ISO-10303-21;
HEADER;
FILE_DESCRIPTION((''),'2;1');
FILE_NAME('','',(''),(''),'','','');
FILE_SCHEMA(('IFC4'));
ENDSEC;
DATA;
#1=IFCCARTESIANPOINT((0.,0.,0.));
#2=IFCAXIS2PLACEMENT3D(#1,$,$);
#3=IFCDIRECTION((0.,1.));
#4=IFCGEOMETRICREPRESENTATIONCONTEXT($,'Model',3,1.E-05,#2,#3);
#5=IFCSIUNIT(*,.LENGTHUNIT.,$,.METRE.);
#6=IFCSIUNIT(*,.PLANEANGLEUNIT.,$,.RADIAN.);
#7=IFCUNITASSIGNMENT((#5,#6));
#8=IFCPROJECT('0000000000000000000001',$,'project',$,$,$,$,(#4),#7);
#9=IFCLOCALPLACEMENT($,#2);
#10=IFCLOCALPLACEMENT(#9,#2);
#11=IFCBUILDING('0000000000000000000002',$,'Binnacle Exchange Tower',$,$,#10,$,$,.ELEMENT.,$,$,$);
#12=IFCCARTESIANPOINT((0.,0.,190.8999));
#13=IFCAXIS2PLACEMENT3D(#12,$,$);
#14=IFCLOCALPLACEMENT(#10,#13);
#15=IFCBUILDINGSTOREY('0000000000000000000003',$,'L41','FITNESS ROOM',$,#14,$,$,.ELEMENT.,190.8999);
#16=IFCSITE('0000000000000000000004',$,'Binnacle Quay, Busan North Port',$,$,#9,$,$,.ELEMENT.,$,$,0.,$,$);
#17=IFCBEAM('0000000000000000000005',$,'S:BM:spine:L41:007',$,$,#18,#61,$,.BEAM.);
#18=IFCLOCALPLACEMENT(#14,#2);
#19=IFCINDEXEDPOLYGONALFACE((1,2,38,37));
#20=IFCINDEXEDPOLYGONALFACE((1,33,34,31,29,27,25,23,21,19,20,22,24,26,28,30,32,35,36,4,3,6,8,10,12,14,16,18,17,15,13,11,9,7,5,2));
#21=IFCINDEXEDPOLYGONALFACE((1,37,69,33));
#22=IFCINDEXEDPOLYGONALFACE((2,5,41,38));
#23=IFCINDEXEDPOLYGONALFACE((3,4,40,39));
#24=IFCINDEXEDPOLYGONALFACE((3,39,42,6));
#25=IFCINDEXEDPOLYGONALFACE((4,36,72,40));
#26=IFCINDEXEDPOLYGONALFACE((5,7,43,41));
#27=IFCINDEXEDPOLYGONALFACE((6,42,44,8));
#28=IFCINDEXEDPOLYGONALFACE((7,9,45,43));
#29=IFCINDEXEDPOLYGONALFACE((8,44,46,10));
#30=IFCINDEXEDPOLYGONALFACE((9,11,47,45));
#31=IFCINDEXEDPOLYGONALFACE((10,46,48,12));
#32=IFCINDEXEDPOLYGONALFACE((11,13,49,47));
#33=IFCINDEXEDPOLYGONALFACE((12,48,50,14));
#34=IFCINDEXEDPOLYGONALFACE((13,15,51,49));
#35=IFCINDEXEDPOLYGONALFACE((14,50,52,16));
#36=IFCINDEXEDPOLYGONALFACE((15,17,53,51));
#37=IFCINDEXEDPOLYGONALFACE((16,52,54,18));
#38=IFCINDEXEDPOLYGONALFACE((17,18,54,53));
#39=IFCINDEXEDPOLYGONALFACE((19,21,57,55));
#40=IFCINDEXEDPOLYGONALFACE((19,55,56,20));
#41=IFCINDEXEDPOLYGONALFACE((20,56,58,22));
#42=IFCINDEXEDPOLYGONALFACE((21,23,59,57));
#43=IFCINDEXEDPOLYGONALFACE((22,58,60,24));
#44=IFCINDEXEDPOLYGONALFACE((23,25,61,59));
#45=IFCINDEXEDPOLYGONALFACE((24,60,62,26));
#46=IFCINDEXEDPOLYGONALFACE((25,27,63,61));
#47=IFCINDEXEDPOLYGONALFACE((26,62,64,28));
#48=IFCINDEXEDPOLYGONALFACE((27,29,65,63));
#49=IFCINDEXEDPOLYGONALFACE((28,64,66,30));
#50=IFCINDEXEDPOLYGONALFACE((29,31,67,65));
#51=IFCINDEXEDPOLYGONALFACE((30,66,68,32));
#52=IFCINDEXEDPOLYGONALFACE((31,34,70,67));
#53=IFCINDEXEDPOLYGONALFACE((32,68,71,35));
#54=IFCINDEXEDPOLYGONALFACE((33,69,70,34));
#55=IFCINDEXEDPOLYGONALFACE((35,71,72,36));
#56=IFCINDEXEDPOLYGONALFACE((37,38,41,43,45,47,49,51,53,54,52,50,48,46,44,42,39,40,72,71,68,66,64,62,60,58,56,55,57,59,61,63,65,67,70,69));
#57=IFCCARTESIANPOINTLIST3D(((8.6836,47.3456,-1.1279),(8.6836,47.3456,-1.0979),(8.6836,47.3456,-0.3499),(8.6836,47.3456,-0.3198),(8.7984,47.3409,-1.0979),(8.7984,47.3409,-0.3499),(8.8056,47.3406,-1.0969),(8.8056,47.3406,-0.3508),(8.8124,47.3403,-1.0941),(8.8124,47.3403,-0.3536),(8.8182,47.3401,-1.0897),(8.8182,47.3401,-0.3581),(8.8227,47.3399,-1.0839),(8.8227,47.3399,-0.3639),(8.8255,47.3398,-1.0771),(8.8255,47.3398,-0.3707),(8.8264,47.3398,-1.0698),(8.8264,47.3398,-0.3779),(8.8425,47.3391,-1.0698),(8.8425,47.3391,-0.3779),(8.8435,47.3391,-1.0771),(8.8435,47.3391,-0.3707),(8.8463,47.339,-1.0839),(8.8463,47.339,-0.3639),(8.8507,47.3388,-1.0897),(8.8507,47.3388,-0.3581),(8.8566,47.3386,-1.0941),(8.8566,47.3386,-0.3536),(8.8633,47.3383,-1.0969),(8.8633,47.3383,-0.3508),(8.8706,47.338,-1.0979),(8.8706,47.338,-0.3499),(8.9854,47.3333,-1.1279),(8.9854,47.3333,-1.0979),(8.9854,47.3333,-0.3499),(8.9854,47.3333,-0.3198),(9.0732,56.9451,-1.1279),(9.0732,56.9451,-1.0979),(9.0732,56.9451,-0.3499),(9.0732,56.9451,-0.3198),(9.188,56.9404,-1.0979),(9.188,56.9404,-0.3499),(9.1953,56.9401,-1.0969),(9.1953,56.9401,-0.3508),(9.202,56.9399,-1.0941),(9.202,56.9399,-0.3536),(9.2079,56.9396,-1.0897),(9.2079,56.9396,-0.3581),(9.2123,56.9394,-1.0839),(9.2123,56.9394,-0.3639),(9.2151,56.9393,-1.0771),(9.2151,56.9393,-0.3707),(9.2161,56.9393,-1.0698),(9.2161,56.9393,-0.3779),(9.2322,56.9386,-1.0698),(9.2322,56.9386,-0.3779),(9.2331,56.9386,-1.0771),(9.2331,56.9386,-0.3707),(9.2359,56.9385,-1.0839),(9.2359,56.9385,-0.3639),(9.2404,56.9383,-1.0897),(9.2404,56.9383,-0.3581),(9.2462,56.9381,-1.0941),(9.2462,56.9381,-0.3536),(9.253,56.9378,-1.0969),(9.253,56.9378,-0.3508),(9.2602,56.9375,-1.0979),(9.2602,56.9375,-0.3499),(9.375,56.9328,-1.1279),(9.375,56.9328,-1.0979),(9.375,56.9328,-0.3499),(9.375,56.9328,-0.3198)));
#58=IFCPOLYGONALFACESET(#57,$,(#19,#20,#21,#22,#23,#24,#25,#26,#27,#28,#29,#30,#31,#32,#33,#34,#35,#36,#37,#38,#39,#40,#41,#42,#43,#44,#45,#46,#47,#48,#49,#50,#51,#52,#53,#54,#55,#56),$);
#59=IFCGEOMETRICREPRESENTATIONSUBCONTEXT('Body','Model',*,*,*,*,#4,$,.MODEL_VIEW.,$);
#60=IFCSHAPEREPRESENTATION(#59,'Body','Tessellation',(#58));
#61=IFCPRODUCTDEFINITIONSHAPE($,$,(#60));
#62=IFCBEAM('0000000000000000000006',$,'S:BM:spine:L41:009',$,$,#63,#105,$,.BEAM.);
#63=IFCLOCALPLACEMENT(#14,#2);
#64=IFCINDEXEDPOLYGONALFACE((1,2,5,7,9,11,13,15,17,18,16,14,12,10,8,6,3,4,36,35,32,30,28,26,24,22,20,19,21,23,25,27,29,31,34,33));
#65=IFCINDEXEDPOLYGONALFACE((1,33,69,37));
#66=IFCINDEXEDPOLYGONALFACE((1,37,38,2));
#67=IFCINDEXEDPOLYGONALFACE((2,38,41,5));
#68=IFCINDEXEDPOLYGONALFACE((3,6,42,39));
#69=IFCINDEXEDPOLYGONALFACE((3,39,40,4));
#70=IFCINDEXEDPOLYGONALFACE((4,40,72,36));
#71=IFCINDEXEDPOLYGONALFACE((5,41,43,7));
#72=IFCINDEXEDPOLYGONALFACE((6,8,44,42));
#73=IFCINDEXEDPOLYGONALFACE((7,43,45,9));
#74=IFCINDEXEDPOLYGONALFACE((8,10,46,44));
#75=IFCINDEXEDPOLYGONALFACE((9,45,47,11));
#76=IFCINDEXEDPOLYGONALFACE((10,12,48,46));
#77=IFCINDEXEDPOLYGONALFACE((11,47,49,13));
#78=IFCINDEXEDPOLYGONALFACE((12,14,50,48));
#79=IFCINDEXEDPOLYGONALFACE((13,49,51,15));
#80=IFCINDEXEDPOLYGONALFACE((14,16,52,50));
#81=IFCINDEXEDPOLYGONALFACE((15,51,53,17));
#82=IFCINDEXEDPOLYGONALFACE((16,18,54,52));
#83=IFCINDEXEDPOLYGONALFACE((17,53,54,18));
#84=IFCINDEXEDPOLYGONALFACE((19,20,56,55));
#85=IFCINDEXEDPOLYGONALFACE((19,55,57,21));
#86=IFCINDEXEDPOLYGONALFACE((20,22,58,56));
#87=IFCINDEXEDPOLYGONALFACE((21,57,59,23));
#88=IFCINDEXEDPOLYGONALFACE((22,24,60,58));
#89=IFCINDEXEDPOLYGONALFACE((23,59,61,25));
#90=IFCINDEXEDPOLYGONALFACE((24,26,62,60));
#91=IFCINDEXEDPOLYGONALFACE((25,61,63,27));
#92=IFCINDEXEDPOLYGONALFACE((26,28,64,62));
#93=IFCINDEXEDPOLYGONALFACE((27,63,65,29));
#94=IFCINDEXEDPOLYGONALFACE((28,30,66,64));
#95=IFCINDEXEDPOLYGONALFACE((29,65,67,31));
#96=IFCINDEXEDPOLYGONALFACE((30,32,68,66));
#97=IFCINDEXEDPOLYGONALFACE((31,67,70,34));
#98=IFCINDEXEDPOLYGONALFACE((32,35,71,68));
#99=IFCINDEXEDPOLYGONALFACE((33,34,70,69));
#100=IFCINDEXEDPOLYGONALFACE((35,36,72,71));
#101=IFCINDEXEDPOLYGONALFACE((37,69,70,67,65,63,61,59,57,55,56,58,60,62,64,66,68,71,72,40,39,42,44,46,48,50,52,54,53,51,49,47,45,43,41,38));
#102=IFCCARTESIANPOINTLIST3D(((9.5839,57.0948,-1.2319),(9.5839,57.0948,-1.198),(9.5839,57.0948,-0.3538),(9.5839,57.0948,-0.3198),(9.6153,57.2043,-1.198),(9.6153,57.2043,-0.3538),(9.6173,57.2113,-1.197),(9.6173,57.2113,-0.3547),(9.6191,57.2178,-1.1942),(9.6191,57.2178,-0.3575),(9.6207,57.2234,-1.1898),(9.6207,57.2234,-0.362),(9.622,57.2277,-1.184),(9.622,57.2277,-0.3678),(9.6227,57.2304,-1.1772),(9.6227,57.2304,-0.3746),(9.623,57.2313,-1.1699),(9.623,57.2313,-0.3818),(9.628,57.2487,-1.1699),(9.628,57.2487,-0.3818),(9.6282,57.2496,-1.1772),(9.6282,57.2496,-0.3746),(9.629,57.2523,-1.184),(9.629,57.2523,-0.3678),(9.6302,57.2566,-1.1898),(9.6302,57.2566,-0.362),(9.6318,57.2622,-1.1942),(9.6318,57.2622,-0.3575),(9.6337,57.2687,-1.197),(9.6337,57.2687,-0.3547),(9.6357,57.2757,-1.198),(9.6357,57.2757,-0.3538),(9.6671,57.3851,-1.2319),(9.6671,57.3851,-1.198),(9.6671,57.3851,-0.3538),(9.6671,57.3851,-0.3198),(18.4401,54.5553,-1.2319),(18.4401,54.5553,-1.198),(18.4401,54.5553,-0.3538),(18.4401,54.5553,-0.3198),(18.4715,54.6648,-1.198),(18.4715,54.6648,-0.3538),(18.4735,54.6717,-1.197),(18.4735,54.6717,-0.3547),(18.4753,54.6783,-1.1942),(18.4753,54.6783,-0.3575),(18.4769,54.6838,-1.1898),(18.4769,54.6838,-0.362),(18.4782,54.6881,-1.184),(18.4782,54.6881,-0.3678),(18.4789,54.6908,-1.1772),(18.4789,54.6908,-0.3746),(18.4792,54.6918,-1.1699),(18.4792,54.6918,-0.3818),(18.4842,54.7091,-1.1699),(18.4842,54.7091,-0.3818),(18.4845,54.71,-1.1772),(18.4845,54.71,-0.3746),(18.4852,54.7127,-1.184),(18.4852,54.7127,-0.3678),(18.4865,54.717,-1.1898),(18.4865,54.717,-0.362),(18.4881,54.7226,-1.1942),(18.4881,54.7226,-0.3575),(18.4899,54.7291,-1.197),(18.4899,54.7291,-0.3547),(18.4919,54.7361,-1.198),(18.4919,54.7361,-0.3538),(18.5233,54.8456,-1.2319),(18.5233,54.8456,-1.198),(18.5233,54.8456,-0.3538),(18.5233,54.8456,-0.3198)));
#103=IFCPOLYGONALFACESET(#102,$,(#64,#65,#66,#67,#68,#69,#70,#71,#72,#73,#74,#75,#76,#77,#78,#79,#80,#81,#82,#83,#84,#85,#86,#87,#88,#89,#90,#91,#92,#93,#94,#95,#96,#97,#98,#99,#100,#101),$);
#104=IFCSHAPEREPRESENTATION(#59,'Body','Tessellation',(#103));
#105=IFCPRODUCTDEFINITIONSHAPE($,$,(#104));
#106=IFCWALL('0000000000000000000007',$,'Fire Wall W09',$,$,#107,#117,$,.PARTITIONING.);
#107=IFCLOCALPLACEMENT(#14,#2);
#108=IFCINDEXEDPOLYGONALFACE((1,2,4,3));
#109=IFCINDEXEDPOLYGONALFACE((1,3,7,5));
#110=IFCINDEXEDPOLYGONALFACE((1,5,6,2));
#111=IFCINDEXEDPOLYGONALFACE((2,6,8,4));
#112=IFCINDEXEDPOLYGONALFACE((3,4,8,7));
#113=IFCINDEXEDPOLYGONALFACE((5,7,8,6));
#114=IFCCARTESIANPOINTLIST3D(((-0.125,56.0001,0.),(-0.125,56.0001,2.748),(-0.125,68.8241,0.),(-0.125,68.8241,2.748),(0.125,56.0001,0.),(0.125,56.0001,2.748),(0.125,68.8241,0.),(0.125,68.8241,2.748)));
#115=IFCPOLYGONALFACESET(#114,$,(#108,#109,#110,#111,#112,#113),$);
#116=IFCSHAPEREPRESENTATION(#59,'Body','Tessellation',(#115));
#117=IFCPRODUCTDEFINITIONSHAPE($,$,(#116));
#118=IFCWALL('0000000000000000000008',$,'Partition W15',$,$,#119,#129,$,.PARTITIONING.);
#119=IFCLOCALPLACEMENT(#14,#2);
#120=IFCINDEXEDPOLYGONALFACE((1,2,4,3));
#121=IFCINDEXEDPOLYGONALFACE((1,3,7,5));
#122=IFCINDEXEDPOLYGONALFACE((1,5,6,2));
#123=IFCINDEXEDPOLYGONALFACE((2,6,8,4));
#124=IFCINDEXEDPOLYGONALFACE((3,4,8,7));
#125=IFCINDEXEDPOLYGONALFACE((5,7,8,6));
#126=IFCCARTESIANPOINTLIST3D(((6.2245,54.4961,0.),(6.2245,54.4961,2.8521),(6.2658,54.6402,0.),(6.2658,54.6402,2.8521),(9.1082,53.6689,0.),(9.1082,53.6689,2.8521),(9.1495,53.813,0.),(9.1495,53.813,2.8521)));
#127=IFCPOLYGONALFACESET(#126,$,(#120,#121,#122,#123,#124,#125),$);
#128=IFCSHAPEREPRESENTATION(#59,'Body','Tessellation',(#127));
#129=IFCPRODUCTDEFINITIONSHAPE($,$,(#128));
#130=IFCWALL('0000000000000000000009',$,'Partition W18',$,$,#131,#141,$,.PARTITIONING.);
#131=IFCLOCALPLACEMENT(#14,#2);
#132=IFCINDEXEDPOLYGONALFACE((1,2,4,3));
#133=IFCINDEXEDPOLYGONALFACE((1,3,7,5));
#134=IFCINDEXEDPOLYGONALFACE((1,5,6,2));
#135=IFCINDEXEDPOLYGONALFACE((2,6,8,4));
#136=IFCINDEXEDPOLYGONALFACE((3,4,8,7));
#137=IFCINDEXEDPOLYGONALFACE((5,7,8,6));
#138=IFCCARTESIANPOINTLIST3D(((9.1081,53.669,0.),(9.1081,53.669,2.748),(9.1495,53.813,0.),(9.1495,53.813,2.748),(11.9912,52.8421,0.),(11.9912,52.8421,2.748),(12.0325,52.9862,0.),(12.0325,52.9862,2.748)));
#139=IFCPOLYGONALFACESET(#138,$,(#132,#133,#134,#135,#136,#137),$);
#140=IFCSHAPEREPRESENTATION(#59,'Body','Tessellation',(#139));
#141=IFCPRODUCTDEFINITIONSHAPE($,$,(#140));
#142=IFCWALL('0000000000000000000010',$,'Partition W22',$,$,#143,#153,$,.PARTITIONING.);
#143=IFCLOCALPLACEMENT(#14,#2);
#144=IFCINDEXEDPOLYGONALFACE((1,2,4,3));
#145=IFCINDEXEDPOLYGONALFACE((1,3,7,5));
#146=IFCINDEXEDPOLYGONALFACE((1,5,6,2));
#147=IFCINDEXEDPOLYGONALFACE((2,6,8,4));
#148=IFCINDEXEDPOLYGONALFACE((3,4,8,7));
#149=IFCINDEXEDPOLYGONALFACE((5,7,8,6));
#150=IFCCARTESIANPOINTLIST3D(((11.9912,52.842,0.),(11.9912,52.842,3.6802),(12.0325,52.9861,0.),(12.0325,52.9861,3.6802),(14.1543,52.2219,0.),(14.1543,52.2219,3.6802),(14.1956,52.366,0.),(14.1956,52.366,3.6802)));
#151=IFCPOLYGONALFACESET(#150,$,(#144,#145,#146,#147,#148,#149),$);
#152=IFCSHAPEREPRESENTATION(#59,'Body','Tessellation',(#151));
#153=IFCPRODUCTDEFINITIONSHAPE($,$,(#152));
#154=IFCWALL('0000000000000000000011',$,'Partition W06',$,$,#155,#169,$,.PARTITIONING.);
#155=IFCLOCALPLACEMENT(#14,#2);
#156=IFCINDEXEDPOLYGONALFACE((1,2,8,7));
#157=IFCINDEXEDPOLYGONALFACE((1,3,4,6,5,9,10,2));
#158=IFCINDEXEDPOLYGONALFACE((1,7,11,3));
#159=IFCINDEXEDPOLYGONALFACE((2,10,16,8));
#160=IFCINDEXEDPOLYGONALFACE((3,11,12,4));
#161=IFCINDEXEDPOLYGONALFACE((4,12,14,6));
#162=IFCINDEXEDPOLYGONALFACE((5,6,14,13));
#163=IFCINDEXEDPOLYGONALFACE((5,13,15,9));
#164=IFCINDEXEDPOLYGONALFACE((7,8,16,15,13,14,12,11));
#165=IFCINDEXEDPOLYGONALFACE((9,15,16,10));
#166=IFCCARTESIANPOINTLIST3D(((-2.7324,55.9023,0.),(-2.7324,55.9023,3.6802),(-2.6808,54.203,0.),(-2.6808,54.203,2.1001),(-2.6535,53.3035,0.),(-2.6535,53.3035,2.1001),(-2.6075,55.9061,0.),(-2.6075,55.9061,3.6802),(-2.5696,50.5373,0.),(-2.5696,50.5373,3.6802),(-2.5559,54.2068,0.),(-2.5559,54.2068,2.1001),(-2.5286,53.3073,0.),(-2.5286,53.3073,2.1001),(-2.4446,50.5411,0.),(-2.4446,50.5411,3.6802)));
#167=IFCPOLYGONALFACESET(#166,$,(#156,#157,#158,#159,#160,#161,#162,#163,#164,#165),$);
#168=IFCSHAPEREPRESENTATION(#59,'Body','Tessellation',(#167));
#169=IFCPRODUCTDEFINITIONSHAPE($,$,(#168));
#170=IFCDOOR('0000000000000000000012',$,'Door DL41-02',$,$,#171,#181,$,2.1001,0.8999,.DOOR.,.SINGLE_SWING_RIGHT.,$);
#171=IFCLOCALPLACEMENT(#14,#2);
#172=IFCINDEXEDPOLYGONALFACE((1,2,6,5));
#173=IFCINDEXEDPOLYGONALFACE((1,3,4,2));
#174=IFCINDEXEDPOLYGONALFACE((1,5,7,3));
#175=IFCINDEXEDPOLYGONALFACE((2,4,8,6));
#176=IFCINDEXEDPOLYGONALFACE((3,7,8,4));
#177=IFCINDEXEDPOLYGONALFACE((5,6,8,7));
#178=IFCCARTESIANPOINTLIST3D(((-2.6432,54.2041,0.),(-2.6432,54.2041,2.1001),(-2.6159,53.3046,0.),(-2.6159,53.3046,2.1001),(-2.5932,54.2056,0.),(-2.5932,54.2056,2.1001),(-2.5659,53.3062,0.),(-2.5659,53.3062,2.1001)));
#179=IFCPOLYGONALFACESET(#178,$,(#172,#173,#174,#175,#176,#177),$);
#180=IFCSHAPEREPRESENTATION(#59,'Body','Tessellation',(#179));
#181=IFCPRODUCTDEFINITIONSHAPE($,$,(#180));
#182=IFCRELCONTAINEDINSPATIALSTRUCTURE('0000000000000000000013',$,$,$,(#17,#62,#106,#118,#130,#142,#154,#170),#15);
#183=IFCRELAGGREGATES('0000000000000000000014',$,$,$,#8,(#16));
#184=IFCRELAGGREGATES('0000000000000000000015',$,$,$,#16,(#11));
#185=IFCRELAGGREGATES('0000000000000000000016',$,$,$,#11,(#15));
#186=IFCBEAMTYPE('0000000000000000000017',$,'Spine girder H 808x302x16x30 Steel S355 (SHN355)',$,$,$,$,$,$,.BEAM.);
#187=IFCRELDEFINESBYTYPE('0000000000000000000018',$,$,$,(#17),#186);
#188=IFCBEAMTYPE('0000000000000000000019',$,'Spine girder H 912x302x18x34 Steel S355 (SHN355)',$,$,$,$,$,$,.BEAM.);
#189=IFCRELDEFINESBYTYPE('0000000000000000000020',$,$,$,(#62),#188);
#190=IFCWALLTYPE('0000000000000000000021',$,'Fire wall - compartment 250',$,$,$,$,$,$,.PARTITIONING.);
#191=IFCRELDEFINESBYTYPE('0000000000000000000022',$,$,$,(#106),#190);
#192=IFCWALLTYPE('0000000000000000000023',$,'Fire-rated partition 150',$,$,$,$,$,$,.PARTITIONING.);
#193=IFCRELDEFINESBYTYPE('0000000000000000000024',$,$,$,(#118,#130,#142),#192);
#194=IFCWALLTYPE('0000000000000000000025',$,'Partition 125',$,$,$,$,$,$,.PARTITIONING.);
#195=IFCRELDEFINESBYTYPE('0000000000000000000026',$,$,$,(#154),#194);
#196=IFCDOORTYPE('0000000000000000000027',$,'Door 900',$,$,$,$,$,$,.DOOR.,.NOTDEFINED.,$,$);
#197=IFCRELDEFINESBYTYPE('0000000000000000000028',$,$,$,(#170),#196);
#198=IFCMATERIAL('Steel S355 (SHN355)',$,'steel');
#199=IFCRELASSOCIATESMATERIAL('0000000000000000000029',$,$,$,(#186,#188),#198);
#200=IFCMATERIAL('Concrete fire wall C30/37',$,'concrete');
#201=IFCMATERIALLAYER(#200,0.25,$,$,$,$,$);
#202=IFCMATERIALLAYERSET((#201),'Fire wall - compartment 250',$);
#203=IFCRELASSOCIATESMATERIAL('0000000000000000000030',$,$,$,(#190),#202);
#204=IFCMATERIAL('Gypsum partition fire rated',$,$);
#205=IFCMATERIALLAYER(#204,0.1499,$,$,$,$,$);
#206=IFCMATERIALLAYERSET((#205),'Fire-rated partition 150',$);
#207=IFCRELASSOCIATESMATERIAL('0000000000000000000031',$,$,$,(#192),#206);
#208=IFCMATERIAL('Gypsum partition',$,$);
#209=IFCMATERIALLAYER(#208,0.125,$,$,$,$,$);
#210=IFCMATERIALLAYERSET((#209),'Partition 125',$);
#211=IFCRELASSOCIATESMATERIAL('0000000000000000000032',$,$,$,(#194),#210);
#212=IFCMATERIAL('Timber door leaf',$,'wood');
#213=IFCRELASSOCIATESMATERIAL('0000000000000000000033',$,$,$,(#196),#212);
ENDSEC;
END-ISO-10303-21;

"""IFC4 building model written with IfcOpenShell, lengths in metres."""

from ifc_helpers import new_model, si_unit, direction, frame, frame_2d, origin, origin_2d, place, context, subcontext, project, spatial, rectangle, i_section, extrude, material, layer, layer_set, material_profile, profile_set, type_object, element, fill, save


model = new_model("IFC4")

# Units and contexts
model_context = context("Model", 3, precision=1e-05, world=origin(), true_north=direction((0.0, 1.0)))
body_context = subcontext(model_context, "Body", "Model", "MODEL_VIEW")
ifc_project = project(units=[si_unit("LENGTHUNIT", "METRE"), si_unit("PLANEANGLEUNIT", "RADIAN")], contexts=[model_context])

# Site, building, storey
site_placement = place(None, origin())
site = spatial("IfcSite", under=ifc_project, at=site_placement, Name="Binnacle Quay, Busan North Port", CompositionType="ELEMENT", RefElevation=0.0)
building_placement = place(site_placement, origin())
building = spatial("IfcBuilding", under=site, at=building_placement, Name="Binnacle Exchange Tower", CompositionType="ELEMENT")
storey_placement = place(building_placement, frame((0.0, 0.0, 190.8999)))
storey = spatial("IfcBuildingStorey", under=building, at=storey_placement, Name="L41", Description="FITNESS ROOM", CompositionType="ELEMENT", Elevation=190.8999)

# Beams
ifc_material_1 = material(Name="Steel S355 (SHN355)", Category="steel")
ifc_material_profile_1 = material_profile(ifc_material_1, i_section(OverallWidth=0.302, OverallDepth=0.8081, WebThickness=0.0161, FlangeThickness=0.03, FilletRadius=0.0281, at=origin_2d()), Name="H 808x302x16x30")
ifc_profile_set_1 = profile_set([ifc_material_profile_1], Name="Steel S355 (SHN355)")
beam_type_1 = type_object("IfcBeamType", Name="Spine girder H 808x302x16x30 Steel S355 (SHN355)", PredefinedType="BEAM", material=ifc_profile_set_1)
beam_1_placement = place(storey_placement, frame((9.2241, 56.939, -0.7239), z_axis=(-0.040557, -0.999177, 0.0), x_axis=(0.999177, -0.040557, 0.0)))
element("IfcBeam", 1, at=beam_1_placement, inside=storey, type_object=beam_type_1, Name="S:BM:spine:L41:007", PredefinedType="BEAM", context=body_context, shape_type="SweptSolid", body=[
    extrude(i_section(OverallWidth=0.302, OverallDepth=0.8081, WebThickness=0.0161, FlangeThickness=0.03, FilletRadius=0.0281, at=origin_2d()), origin(), (0.0, 0.0, 1.0), 9.6074),
])
ifc_material_profile_2 = material_profile(ifc_material_1, i_section(OverallWidth=0.302, OverallDepth=0.9121, WebThickness=0.0181, FlangeThickness=0.0339, FilletRadius=0.0281, at=origin_2d()), Name="H 912x302x18x34")
ifc_profile_set_2 = profile_set([ifc_material_profile_2], Name="Steel S355 (SHN355)")
beam_type_2 = type_object("IfcBeamType", Name="Spine girder H 912x302x18x34 Steel S355 (SHN355)", PredefinedType="BEAM", material=ifc_profile_set_2)
beam_2_placement = place(storey_placement, frame((9.6255, 57.24, -0.7759), z_axis=(0.96126, -0.275645, 0.0), x_axis=(0.275645, 0.96126, 0.0)))
element("IfcBeam", 2, at=beam_2_placement, inside=storey, type_object=beam_type_2, Name="S:BM:spine:L41:009", PredefinedType="BEAM", context=body_context, shape_type="SweptSolid", body=[
    extrude(i_section(OverallWidth=0.302, OverallDepth=0.9121, WebThickness=0.0181, FlangeThickness=0.0339, FilletRadius=0.0281, at=origin_2d()), origin(), (0.0, 0.0, 1.0), 9.2131),
])

# Walls
ifc_material_2 = material(Name="Concrete fire wall C30/37", Category="concrete")
ifc_layer_1 = layer(ifc_material_2, 0.25)
ifc_layer_set_1 = layer_set([ifc_layer_1], Name="Fire wall - compartment 250")
wall_type_1 = type_object("IfcWallType", Name="Fire wall - compartment 250", PredefinedType="PARTITIONING", material=ifc_layer_set_1)
wall_1_placement = place(storey_placement, frame((0.0, 56.0, 0.0), z_axis=(0.0, 0.0, 1.0), x_axis=(0.0, 1.0, 0.0)))
element("IfcWall", 3, at=wall_1_placement, inside=storey, type_object=wall_type_1, Name="Fire Wall W09", PredefinedType="PARTITIONING", context=body_context, shape_type="SweptSolid", body=[
    extrude(rectangle(XDim=12.824, YDim=0.25, at=frame_2d((6.4121, 0.0))), origin(), (0.0, 0.0, 1.0), 2.748),
])
ifc_material_3 = material(Name="Gypsum partition fire rated")
ifc_layer_2 = layer(ifc_material_3, 0.1499)
ifc_layer_set_2 = layer_set([ifc_layer_2], Name="Fire-rated partition 150")
wall_type_2 = type_object("IfcWallType", Name="Fire-rated partition 150", PredefinedType="PARTITIONING", material=ifc_layer_set_2)
wall_2_placement = place(storey_placement, frame((6.2451, 54.5681, 0.0), z_axis=(0.0, 0.0, 1.0), x_axis=(0.961241, -0.27571, 0.0)))
element("IfcWall", 4, at=wall_2_placement, inside=storey, type_object=wall_type_2, Name="Partition W15", PredefinedType="PARTITIONING", context=body_context, shape_type="SweptSolid", body=[
    extrude(rectangle(XDim=3.0, YDim=0.1499, at=frame_2d((1.5, 0.0))), origin(), (0.0, 0.0, 1.0), 2.8521),
])
wall_3_placement = place(storey_placement, frame((9.1289, 53.741, 0.0), z_axis=(0.0, 0.0, 1.0), x_axis=(0.961244, -0.275699, 0.0)))
element("IfcWall", 5, at=wall_3_placement, inside=storey, type_object=wall_type_2, Name="Partition W18", PredefinedType="PARTITIONING", context=body_context, shape_type="SweptSolid", body=[
    extrude(rectangle(XDim=2.9993, YDim=0.1499, at=frame_2d((1.4995, 0.0))), origin(), (0.0, 0.0, 1.0), 2.748),
])
wall_4_placement = place(storey_placement, frame((12.012, 52.9141, 0.0), z_axis=(0.0, 0.0, 1.0), x_axis=(0.961278, -0.275581, 0.0)))
element("IfcWall", 6, at=wall_4_placement, inside=storey, type_object=wall_type_2, Name="Partition W22", PredefinedType="PARTITIONING", context=body_context, shape_type="SweptSolid", body=[
    extrude(rectangle(XDim=2.2502, YDim=0.1499, at=frame_2d((1.125, 0.0))), origin(), (0.0, 0.0, 1.0), 3.6802),
])

# Wall, opening, door
ifc_material_4 = material(Name="Gypsum partition")
ifc_layer_3 = layer(ifc_material_4, 0.125)
ifc_layer_set_3 = layer_set([ifc_layer_3], Name="Partition 125")
wall_type_3 = type_object("IfcWallType", Name="Partition 125", PredefinedType="PARTITIONING", material=ifc_layer_set_3)
wall_5_placement = place(storey_placement, frame((-2.6699, 55.9041, 0.0), z_axis=(0.0, 0.0, 1.0), x_axis=(0.030339, -0.99954, 0.0)))
wall_5 = element("IfcWall", 7, at=wall_5_placement, inside=storey, type_object=wall_type_3, Name="Partition W06", PredefinedType="PARTITIONING", context=body_context, shape_type="SweptSolid", body=[
    extrude(rectangle(XDim=5.3674, YDim=0.125, at=frame_2d((2.6836, 0.0))), origin(), (0.0, 0.0, 1.0), 3.6802),
])
opening_1_placement = place(wall_5_placement, frame((1.7, 0.0, 0.0)))
opening_1 = element("IfcOpeningElement", 8, at=opening_1_placement, cuts=wall_5, PredefinedType="OPENING", context=body_context, shape_type="SweptSolid", body=[
    extrude(rectangle(XDim=0.8999, YDim=2.1001, at=frame_2d((0.45, 1.05))), frame((0.0, 0.0725, 0.0), z_axis=(0.0, -1.0, 0.0), x_axis=(1.0, 0.0, 0.0)), (0.0, 0.0, 1.0), 0.145),
])
ifc_material_5 = material(Name="Timber door leaf", Category="wood")
door_type_1 = type_object("IfcDoorType", Name="Door 900", OperationType="NOTDEFINED", PredefinedType="DOOR", material=ifc_material_5)
door_1_placement = place(opening_1_placement, frame((0.8999, 0.0, 0.0), z_axis=(0.0, 0.0, 1.0), x_axis=(-1.0, 0.0, 0.0)))
door_1 = element("IfcDoor", 9, at=door_1_placement, inside=storey, type_object=door_type_1, Name="Door DL41-02", OperationType="SINGLE_SWING_RIGHT", OverallHeight=2.1001, OverallWidth=0.8999, PredefinedType="DOOR", context=body_context, shape_type="SweptSolid", body=[
    extrude(rectangle(XDim=0.8999, YDim=2.1001, at=frame_2d((0.45, 1.05))), frame((0.0, 0.0249, 0.0), z_axis=(0.0, -1.0, 0.0), x_axis=(1.0, 0.0, 0.0)), (0.0, 0.0, 1.0), 0.05),
])
fill(opening_1, door_1)

save(model, "model.ifc")
